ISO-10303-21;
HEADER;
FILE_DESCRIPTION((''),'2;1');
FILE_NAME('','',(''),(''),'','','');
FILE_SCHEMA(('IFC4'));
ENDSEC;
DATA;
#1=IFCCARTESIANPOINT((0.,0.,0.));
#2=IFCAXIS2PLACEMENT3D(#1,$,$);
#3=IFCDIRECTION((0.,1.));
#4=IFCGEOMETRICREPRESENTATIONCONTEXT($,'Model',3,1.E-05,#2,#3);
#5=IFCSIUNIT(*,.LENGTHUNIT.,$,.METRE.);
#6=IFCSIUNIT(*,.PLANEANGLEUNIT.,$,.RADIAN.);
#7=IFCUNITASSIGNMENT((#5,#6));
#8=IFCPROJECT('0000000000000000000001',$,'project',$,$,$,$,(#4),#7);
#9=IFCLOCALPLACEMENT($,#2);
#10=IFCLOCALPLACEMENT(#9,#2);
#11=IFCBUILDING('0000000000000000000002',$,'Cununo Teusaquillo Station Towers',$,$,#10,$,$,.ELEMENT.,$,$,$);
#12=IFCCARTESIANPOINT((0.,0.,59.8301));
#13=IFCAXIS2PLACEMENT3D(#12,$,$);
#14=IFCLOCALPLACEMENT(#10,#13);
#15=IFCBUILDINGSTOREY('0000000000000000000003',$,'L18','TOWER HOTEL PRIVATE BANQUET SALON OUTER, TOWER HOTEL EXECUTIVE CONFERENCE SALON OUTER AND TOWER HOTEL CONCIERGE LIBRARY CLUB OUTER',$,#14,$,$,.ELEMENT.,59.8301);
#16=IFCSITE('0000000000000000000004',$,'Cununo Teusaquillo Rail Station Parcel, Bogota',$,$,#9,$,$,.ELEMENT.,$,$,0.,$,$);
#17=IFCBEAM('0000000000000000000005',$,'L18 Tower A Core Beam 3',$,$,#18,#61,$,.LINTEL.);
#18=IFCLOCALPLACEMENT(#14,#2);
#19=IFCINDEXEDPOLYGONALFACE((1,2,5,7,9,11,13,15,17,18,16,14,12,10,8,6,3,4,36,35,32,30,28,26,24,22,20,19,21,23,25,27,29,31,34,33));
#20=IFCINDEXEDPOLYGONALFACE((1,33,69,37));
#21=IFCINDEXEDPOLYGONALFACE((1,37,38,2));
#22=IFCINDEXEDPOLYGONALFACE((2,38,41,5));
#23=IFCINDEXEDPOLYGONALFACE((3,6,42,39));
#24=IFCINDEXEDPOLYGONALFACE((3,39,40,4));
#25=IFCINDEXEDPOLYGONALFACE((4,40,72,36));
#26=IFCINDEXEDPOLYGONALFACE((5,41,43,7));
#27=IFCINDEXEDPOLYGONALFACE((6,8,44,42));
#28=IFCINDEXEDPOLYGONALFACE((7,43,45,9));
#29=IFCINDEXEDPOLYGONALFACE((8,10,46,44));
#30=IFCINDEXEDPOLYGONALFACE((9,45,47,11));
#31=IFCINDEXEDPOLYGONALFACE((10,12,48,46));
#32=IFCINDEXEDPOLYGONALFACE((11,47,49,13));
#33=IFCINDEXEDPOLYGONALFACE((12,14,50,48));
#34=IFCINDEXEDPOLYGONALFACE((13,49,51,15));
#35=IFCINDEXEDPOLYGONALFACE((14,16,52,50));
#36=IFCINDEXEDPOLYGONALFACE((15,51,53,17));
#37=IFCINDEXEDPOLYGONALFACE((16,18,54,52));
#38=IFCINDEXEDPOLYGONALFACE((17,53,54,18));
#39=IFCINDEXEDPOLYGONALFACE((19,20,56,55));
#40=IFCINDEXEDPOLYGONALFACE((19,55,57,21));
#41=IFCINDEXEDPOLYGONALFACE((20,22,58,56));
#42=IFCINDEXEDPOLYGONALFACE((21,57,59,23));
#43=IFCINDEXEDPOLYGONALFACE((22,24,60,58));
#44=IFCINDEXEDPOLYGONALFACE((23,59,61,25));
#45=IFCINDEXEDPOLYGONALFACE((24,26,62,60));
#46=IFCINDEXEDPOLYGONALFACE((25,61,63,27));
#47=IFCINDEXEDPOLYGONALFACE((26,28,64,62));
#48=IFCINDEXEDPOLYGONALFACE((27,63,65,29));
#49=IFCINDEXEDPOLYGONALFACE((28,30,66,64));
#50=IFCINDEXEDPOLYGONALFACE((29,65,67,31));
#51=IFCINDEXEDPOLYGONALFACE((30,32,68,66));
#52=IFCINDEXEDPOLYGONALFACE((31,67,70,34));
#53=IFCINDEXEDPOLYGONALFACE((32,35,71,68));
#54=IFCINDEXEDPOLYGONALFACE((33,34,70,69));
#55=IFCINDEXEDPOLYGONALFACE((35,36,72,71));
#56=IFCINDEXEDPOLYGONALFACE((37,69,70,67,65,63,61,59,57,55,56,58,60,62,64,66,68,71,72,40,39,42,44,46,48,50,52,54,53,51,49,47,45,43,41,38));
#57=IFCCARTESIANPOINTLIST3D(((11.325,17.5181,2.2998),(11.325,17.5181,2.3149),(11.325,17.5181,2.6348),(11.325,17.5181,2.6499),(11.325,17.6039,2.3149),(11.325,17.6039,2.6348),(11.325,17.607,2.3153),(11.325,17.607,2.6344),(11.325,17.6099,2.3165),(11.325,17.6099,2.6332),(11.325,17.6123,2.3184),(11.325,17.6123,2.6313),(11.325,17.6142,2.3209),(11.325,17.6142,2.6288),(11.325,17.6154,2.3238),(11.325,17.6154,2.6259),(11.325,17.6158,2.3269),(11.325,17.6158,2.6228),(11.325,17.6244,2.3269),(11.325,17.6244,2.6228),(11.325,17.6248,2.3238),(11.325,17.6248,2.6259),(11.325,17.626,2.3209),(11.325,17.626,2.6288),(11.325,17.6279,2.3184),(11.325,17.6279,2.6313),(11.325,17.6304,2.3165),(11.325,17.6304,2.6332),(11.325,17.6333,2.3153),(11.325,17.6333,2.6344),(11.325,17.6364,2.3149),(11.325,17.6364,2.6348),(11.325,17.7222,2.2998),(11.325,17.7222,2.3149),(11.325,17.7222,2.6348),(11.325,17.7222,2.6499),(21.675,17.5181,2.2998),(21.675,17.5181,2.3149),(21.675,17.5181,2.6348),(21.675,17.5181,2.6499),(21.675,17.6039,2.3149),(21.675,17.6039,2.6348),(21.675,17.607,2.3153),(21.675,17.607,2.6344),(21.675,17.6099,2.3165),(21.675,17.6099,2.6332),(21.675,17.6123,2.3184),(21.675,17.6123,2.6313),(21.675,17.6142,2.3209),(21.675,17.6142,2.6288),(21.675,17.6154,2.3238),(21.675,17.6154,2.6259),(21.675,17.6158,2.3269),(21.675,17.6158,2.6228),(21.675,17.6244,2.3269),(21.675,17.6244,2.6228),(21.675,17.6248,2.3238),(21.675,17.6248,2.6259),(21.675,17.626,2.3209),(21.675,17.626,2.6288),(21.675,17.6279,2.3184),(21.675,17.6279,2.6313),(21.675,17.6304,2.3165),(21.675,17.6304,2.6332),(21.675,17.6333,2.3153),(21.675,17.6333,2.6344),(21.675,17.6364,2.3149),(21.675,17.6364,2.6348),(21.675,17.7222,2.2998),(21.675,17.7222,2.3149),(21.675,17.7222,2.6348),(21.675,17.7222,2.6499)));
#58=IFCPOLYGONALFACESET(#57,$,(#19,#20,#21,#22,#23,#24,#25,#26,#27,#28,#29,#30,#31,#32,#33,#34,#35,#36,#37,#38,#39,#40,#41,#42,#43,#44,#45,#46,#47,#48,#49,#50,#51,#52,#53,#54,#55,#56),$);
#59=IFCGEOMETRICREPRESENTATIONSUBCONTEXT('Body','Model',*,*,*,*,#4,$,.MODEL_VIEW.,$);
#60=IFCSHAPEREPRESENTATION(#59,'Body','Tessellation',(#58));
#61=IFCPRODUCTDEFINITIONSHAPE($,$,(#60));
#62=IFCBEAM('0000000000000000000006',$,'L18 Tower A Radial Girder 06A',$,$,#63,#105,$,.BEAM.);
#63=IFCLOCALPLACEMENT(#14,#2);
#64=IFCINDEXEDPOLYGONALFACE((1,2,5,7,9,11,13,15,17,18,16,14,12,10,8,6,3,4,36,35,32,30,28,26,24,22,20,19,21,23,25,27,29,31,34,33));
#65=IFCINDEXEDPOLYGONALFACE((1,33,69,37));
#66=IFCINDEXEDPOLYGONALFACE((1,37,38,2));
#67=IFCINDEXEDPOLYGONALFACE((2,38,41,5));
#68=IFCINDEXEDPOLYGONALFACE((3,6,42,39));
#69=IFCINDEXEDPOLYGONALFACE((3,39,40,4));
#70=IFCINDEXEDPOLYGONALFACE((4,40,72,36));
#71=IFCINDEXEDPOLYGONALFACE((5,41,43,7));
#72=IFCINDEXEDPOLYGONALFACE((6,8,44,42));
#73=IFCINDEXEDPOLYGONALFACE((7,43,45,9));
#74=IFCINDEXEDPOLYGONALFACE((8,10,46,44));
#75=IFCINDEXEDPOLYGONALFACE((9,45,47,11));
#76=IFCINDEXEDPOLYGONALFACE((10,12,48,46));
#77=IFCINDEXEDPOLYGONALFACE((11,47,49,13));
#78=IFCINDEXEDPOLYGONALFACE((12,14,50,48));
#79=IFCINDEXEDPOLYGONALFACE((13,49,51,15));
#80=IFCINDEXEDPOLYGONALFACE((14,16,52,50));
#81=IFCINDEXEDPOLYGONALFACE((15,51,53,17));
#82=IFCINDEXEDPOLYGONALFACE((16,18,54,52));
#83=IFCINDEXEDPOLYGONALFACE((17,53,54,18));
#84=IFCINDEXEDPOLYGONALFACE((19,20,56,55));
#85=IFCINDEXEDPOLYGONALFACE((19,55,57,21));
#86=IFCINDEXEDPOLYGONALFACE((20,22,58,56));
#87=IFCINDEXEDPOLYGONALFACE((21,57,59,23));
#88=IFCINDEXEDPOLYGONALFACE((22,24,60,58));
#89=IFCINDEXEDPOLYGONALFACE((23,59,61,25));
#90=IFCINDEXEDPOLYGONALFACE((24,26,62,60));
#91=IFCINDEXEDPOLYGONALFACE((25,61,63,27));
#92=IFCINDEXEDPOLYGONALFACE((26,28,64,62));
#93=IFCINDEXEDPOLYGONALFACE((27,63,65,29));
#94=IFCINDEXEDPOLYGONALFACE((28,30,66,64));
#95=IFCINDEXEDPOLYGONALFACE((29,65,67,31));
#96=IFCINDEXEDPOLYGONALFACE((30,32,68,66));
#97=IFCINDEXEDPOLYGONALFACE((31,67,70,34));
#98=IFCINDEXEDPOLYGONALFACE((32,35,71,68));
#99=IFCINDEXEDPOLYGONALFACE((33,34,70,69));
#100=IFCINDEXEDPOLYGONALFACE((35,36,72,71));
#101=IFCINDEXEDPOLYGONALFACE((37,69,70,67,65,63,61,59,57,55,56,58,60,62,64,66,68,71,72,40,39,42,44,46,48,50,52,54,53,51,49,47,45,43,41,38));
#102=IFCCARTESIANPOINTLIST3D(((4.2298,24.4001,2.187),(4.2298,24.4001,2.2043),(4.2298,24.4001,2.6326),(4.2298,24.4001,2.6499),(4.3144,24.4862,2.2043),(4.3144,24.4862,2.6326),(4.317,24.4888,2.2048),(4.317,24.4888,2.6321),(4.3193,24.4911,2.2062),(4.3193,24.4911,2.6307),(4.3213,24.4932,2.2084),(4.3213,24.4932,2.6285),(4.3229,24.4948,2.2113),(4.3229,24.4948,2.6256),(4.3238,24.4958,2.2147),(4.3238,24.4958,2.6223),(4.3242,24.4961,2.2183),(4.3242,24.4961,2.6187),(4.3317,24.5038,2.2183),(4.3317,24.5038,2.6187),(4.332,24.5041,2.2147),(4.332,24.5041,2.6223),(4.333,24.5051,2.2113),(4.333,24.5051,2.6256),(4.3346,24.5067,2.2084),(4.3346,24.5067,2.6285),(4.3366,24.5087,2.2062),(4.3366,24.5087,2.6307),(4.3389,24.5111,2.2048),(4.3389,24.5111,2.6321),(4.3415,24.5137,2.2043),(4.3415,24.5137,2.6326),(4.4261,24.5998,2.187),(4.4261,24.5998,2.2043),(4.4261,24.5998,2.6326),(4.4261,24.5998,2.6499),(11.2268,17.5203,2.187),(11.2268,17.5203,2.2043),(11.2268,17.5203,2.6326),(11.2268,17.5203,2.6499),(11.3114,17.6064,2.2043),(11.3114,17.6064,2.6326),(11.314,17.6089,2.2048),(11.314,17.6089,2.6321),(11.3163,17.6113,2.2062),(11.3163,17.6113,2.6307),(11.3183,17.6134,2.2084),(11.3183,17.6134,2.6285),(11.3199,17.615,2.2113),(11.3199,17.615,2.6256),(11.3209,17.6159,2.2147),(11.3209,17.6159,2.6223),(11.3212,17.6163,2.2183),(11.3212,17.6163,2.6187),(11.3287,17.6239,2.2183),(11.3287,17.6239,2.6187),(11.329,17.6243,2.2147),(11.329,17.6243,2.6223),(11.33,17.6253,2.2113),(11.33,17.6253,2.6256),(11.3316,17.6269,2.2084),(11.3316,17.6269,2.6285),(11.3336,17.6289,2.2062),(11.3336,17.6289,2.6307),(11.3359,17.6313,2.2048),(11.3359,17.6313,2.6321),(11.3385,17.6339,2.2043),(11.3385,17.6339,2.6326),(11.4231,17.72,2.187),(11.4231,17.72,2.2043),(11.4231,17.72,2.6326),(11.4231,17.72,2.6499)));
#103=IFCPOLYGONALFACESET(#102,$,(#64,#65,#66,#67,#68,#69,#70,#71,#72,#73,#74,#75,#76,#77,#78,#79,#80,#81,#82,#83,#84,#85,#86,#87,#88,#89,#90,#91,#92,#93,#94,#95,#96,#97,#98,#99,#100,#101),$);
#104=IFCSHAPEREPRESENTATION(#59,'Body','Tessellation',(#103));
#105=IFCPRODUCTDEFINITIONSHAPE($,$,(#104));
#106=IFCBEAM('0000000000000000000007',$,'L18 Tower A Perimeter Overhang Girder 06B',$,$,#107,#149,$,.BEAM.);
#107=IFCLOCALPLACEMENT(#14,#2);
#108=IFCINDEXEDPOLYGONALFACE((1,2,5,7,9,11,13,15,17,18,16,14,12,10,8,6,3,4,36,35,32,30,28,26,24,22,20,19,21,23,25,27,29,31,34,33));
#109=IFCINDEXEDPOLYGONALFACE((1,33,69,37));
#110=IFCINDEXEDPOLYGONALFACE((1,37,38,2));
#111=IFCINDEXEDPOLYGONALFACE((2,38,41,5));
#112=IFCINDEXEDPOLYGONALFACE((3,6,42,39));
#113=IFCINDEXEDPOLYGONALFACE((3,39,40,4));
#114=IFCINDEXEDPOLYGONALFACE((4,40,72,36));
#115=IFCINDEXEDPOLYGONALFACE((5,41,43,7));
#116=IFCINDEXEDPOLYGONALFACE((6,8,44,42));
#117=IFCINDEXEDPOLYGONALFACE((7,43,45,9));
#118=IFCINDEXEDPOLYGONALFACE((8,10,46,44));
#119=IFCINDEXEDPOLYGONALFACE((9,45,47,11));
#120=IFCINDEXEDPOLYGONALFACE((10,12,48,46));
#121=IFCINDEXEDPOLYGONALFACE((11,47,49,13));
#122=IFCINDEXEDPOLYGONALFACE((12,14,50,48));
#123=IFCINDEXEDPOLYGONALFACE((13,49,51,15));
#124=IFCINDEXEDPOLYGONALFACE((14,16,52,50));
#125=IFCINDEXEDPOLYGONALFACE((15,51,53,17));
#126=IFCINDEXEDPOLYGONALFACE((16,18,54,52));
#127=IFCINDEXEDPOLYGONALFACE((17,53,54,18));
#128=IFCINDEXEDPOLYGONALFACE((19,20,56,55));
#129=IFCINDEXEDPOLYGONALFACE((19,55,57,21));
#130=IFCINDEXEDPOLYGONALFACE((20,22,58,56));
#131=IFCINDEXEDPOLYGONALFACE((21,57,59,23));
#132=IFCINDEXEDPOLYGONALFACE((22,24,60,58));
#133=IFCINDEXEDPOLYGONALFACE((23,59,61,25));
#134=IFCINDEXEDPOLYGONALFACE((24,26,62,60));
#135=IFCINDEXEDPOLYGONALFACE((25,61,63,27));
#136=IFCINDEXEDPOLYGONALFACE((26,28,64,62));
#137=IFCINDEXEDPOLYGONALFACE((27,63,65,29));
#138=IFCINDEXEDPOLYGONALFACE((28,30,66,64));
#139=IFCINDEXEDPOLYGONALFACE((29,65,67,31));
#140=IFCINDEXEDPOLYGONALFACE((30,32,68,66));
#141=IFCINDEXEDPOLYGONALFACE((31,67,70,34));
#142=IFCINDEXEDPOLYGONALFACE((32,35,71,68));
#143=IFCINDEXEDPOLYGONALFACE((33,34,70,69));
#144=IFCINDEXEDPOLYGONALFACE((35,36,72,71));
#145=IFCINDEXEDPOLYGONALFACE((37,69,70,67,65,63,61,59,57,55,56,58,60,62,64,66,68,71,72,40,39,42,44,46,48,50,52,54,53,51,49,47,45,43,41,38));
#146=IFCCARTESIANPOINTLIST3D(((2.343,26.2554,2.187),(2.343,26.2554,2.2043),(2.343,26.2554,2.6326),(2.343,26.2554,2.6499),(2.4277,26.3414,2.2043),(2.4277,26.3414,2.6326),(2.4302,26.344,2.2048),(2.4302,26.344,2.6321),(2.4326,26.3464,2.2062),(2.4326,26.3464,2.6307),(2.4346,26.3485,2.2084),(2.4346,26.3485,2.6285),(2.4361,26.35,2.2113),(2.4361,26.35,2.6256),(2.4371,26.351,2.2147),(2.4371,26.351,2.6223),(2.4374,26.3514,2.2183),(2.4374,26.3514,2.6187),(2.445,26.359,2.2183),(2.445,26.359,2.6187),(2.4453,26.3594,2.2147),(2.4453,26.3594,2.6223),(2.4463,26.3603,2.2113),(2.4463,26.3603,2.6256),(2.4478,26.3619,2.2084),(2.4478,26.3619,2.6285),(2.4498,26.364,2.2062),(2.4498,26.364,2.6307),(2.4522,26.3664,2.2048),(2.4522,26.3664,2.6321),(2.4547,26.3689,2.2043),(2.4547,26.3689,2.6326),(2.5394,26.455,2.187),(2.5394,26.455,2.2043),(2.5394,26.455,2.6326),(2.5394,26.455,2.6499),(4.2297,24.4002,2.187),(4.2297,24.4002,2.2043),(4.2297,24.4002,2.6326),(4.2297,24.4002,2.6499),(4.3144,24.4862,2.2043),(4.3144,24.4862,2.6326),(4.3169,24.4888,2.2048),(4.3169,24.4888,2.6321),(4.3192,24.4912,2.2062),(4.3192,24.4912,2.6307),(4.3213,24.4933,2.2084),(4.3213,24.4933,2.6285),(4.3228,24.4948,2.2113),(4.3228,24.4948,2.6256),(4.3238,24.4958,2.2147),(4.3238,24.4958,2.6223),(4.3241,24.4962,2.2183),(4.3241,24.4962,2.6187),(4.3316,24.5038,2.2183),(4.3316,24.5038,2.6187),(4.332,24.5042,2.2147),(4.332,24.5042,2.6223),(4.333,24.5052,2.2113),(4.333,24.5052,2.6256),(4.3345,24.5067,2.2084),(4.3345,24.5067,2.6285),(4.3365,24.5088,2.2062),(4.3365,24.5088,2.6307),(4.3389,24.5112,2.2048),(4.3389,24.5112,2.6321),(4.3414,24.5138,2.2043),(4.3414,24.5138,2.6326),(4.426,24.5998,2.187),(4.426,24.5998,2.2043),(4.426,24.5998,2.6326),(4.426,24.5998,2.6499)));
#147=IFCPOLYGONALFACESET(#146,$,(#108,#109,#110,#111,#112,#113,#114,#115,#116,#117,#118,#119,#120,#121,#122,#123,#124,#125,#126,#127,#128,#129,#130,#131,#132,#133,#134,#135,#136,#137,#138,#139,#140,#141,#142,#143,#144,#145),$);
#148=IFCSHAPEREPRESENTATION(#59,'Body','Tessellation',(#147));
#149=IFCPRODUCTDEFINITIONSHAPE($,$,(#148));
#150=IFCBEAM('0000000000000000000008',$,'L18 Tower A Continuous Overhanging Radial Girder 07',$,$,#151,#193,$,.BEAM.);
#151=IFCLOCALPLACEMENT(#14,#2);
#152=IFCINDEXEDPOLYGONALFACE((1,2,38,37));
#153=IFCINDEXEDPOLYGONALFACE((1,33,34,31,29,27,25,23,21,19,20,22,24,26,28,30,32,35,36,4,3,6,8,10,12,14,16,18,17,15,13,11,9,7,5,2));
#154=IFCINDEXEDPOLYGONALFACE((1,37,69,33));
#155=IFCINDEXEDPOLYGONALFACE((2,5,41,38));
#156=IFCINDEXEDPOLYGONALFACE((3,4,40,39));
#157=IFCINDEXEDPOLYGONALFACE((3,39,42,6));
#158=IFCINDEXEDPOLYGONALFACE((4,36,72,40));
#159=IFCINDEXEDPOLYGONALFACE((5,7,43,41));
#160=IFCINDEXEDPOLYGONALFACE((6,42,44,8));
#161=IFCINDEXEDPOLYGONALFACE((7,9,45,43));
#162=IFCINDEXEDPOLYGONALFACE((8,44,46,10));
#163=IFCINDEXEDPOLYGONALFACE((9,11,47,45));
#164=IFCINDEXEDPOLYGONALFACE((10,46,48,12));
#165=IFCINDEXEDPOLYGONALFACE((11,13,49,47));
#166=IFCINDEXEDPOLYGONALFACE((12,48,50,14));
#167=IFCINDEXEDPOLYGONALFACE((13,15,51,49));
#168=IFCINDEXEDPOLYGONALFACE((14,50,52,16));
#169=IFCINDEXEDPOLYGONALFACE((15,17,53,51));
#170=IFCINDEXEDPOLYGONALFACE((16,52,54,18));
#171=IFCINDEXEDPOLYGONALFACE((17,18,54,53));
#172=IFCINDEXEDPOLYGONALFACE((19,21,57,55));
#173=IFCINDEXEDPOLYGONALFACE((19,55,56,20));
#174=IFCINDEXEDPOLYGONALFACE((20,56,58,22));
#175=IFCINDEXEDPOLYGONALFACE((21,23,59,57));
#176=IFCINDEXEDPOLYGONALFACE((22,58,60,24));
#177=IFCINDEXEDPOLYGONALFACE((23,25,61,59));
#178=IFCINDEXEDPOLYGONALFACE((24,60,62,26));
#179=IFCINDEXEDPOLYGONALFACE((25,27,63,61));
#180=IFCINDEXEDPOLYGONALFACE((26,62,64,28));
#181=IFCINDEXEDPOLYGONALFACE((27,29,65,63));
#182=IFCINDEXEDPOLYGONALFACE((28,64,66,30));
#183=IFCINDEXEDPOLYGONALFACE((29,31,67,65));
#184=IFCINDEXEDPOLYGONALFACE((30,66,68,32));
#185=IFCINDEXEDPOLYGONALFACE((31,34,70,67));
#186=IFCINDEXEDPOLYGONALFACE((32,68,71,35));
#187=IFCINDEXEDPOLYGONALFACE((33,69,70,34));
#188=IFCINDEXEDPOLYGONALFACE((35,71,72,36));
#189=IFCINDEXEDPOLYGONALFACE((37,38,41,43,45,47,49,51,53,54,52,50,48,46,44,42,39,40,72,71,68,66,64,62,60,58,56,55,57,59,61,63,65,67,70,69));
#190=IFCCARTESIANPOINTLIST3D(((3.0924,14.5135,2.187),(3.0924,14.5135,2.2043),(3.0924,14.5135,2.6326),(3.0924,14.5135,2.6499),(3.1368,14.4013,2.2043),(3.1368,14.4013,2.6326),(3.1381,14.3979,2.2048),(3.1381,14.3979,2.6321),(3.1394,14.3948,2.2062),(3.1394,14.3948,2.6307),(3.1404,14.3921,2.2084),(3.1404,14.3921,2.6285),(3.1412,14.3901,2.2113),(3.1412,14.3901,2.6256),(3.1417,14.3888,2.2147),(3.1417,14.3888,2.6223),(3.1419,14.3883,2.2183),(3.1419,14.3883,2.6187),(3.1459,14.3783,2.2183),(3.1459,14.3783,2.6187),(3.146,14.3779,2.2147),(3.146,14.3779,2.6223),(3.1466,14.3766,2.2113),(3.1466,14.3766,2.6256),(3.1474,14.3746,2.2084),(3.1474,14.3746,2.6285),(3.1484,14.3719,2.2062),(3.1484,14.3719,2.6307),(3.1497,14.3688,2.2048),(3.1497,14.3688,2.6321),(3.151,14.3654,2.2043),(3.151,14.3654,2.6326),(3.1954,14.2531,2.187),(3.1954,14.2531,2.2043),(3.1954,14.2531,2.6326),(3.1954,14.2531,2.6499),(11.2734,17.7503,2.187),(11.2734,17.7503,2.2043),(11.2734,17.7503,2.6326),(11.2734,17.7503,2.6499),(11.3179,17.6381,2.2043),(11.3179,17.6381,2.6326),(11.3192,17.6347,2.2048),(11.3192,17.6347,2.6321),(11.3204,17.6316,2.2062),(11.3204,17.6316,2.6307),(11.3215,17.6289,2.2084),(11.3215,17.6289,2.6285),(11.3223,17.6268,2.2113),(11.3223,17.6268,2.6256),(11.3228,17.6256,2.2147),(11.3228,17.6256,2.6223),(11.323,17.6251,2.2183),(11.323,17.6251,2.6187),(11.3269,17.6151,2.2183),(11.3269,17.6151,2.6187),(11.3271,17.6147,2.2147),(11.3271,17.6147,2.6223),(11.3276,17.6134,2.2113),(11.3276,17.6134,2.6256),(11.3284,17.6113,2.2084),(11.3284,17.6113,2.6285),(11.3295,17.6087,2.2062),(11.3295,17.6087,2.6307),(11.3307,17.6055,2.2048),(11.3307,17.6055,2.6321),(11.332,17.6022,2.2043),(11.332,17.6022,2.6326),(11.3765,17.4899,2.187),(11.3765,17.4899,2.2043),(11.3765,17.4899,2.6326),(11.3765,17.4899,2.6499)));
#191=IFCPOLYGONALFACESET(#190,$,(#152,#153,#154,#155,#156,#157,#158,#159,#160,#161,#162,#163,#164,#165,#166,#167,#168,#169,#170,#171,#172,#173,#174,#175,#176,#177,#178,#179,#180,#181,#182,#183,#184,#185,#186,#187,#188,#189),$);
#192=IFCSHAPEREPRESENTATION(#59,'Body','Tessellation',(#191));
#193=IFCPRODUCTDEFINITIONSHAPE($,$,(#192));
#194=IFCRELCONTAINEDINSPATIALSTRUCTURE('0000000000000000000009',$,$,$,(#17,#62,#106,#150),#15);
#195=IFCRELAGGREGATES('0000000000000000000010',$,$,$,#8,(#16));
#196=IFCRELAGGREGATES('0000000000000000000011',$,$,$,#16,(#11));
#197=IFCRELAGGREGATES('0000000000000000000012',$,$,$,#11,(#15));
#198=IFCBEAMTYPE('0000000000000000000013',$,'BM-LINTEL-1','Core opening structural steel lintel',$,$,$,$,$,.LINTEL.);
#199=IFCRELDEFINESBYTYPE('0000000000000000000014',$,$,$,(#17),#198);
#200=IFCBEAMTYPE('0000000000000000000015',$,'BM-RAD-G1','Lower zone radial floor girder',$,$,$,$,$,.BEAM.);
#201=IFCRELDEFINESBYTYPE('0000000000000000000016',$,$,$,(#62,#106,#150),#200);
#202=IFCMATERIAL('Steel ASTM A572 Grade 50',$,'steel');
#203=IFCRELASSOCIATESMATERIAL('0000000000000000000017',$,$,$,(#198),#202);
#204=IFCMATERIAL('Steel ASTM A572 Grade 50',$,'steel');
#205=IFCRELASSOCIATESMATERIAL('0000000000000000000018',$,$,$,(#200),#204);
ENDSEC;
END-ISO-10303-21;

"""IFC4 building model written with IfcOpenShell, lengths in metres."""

from ifc_helpers import new_model, si_unit, direction, frame, origin, origin_2d, place, context, subcontext, project, spatial, i_section, extrude, material, material_profile, profile_set, type_object, element, save


model = new_model("IFC4")

# Units and contexts
model_context = context("Model", 3, precision=1e-05, world=origin(), true_north=direction((0.0, 1.0)))
body_context = subcontext(model_context, "Body", "Model", "MODEL_VIEW")
ifc_project = project(units=[si_unit("LENGTHUNIT", "METRE"), si_unit("PLANEANGLEUNIT", "RADIAN")], contexts=[model_context])

# Site, building, storey
site_placement = place(None, origin())
site = spatial("IfcSite", under=ifc_project, at=site_placement, Name="Cununo Teusaquillo Rail Station Parcel, Bogota", CompositionType="ELEMENT", RefElevation=0.0)
building_placement = place(site_placement, origin())
building = spatial("IfcBuilding", under=site, at=building_placement, Name="Cununo Teusaquillo Station Towers", CompositionType="ELEMENT")
storey_placement = place(building_placement, frame((0.0, 0.0, 59.8301)))
storey = spatial("IfcBuildingStorey", under=building, at=storey_placement, Name="L18", Description="TOWER HOTEL PRIVATE BANQUET SALON OUTER, TOWER HOTEL EXECUTIVE CONFERENCE SALON OUTER AND TOWER HOTEL CONCIERGE LIBRARY CLUB OUTER", CompositionType="ELEMENT", Elevation=59.8301)

# Beams
ifc_material_1 = material(Name="Steel ASTM A572 Grade 50", Category="steel")
ifc_material_profile_1 = material_profile(ifc_material_1, i_section(OverallWidth=0.2041, OverallDepth=0.3501, WebThickness=0.0085, FlangeThickness=0.0151, FilletRadius=0.012, at=origin_2d()), Name="W14X48")
ifc_profile_set_1 = profile_set([ifc_material_profile_1], Name="Steel ASTM A572 Grade 50")
beam_type_1 = type_object("IfcBeamType", Name="BM-LINTEL-1", Description="Core opening structural steel lintel", PredefinedType="LINTEL", material=ifc_profile_set_1)
beam_1_placement = place(storey_placement, frame((11.325, 17.6201, 2.4749), z_axis=(1.0, 0.0, 0.0), x_axis=(0.0, 1.0, 0.0)))
element("IfcBeam", 1, at=beam_1_placement, inside=storey, type_object=beam_type_1, Name="L18 Tower A Core Beam 3", PredefinedType="LINTEL", context=body_context, shape_type="SweptSolid", body=[
    extrude(i_section(OverallWidth=0.2041, OverallDepth=0.3501, WebThickness=0.0085, FlangeThickness=0.0151, FilletRadius=0.012, at=origin_2d()), origin(), (0.0, 0.0, 1.0), 10.3501),
])
ifc_material_2 = material(Name="Steel ASTM A572 Grade 50", Category="steel")
ifc_material_profile_2 = material_profile(ifc_material_2, i_section(OverallWidth=0.28, OverallDepth=0.4629, WebThickness=0.0107, FlangeThickness=0.0173, FilletRadius=0.0139, at=origin_2d()), Name="W18X76")
ifc_profile_set_2 = profile_set([ifc_material_profile_2], Name="Steel ASTM A572 Grade 50")
beam_type_2 = type_object("IfcBeamType", Name="BM-RAD-G1", Description="Lower zone radial floor girder", PredefinedType="BEAM", material=ifc_profile_set_2)
beam_2_placement = place(storey_placement, frame((11.325, 17.6201, 2.4185), z_axis=(-0.713053, 0.70111, 0.0), x_axis=(-0.70111, -0.713053, 0.0)))
element("IfcBeam", 2, at=beam_2_placement, inside=storey, type_object=beam_type_2, Name="L18 Tower A Radial Girder 06A", PredefinedType="BEAM", context=body_context, shape_type="SweptSolid", body=[
    extrude(i_section(OverallWidth=0.28, OverallDepth=0.4629, WebThickness=0.0107, FlangeThickness=0.0173, FilletRadius=0.0139, at=origin_2d()), origin(), (0.0, 0.0, 1.0), 9.8127),
])
beam_3_placement = place(storey_placement, frame((4.3279, 24.5, 2.4185), z_axis=(-0.713033, 0.701131, 0.0), x_axis=(-0.701131, -0.713033, 0.0)))
element("IfcBeam", 3, at=beam_3_placement, inside=storey, type_object=beam_type_2, Name="L18 Tower A Perimeter Overhang Girder 06B", PredefinedType="BEAM", context=body_context, shape_type="SweptSolid", body=[
    extrude(i_section(OverallWidth=0.28, OverallDepth=0.4629, WebThickness=0.0107, FlangeThickness=0.0173, FilletRadius=0.0139, at=origin_2d()), origin(), (0.0, 0.0, 1.0), 2.646),
])
beam_4_placement = place(storey_placement, frame((11.325, 17.6201, 2.4185), z_axis=(-0.929867, -0.367896, 0.0), x_axis=(0.367896, -0.929867, 0.0)))
element("IfcBeam", 4, at=beam_4_placement, inside=storey, type_object=beam_type_2, Name="L18 Tower A Continuous Overhanging Radial Girder 07", PredefinedType="BEAM", context=body_context, shape_type="SweptSolid", body=[
    extrude(i_section(OverallWidth=0.28, OverallDepth=0.4629, WebThickness=0.0107, FlangeThickness=0.0173, FilletRadius=0.0139, at=origin_2d()), origin(), (0.0, 0.0, 1.0), 8.7981),
])

save(model, "model.ifc")
